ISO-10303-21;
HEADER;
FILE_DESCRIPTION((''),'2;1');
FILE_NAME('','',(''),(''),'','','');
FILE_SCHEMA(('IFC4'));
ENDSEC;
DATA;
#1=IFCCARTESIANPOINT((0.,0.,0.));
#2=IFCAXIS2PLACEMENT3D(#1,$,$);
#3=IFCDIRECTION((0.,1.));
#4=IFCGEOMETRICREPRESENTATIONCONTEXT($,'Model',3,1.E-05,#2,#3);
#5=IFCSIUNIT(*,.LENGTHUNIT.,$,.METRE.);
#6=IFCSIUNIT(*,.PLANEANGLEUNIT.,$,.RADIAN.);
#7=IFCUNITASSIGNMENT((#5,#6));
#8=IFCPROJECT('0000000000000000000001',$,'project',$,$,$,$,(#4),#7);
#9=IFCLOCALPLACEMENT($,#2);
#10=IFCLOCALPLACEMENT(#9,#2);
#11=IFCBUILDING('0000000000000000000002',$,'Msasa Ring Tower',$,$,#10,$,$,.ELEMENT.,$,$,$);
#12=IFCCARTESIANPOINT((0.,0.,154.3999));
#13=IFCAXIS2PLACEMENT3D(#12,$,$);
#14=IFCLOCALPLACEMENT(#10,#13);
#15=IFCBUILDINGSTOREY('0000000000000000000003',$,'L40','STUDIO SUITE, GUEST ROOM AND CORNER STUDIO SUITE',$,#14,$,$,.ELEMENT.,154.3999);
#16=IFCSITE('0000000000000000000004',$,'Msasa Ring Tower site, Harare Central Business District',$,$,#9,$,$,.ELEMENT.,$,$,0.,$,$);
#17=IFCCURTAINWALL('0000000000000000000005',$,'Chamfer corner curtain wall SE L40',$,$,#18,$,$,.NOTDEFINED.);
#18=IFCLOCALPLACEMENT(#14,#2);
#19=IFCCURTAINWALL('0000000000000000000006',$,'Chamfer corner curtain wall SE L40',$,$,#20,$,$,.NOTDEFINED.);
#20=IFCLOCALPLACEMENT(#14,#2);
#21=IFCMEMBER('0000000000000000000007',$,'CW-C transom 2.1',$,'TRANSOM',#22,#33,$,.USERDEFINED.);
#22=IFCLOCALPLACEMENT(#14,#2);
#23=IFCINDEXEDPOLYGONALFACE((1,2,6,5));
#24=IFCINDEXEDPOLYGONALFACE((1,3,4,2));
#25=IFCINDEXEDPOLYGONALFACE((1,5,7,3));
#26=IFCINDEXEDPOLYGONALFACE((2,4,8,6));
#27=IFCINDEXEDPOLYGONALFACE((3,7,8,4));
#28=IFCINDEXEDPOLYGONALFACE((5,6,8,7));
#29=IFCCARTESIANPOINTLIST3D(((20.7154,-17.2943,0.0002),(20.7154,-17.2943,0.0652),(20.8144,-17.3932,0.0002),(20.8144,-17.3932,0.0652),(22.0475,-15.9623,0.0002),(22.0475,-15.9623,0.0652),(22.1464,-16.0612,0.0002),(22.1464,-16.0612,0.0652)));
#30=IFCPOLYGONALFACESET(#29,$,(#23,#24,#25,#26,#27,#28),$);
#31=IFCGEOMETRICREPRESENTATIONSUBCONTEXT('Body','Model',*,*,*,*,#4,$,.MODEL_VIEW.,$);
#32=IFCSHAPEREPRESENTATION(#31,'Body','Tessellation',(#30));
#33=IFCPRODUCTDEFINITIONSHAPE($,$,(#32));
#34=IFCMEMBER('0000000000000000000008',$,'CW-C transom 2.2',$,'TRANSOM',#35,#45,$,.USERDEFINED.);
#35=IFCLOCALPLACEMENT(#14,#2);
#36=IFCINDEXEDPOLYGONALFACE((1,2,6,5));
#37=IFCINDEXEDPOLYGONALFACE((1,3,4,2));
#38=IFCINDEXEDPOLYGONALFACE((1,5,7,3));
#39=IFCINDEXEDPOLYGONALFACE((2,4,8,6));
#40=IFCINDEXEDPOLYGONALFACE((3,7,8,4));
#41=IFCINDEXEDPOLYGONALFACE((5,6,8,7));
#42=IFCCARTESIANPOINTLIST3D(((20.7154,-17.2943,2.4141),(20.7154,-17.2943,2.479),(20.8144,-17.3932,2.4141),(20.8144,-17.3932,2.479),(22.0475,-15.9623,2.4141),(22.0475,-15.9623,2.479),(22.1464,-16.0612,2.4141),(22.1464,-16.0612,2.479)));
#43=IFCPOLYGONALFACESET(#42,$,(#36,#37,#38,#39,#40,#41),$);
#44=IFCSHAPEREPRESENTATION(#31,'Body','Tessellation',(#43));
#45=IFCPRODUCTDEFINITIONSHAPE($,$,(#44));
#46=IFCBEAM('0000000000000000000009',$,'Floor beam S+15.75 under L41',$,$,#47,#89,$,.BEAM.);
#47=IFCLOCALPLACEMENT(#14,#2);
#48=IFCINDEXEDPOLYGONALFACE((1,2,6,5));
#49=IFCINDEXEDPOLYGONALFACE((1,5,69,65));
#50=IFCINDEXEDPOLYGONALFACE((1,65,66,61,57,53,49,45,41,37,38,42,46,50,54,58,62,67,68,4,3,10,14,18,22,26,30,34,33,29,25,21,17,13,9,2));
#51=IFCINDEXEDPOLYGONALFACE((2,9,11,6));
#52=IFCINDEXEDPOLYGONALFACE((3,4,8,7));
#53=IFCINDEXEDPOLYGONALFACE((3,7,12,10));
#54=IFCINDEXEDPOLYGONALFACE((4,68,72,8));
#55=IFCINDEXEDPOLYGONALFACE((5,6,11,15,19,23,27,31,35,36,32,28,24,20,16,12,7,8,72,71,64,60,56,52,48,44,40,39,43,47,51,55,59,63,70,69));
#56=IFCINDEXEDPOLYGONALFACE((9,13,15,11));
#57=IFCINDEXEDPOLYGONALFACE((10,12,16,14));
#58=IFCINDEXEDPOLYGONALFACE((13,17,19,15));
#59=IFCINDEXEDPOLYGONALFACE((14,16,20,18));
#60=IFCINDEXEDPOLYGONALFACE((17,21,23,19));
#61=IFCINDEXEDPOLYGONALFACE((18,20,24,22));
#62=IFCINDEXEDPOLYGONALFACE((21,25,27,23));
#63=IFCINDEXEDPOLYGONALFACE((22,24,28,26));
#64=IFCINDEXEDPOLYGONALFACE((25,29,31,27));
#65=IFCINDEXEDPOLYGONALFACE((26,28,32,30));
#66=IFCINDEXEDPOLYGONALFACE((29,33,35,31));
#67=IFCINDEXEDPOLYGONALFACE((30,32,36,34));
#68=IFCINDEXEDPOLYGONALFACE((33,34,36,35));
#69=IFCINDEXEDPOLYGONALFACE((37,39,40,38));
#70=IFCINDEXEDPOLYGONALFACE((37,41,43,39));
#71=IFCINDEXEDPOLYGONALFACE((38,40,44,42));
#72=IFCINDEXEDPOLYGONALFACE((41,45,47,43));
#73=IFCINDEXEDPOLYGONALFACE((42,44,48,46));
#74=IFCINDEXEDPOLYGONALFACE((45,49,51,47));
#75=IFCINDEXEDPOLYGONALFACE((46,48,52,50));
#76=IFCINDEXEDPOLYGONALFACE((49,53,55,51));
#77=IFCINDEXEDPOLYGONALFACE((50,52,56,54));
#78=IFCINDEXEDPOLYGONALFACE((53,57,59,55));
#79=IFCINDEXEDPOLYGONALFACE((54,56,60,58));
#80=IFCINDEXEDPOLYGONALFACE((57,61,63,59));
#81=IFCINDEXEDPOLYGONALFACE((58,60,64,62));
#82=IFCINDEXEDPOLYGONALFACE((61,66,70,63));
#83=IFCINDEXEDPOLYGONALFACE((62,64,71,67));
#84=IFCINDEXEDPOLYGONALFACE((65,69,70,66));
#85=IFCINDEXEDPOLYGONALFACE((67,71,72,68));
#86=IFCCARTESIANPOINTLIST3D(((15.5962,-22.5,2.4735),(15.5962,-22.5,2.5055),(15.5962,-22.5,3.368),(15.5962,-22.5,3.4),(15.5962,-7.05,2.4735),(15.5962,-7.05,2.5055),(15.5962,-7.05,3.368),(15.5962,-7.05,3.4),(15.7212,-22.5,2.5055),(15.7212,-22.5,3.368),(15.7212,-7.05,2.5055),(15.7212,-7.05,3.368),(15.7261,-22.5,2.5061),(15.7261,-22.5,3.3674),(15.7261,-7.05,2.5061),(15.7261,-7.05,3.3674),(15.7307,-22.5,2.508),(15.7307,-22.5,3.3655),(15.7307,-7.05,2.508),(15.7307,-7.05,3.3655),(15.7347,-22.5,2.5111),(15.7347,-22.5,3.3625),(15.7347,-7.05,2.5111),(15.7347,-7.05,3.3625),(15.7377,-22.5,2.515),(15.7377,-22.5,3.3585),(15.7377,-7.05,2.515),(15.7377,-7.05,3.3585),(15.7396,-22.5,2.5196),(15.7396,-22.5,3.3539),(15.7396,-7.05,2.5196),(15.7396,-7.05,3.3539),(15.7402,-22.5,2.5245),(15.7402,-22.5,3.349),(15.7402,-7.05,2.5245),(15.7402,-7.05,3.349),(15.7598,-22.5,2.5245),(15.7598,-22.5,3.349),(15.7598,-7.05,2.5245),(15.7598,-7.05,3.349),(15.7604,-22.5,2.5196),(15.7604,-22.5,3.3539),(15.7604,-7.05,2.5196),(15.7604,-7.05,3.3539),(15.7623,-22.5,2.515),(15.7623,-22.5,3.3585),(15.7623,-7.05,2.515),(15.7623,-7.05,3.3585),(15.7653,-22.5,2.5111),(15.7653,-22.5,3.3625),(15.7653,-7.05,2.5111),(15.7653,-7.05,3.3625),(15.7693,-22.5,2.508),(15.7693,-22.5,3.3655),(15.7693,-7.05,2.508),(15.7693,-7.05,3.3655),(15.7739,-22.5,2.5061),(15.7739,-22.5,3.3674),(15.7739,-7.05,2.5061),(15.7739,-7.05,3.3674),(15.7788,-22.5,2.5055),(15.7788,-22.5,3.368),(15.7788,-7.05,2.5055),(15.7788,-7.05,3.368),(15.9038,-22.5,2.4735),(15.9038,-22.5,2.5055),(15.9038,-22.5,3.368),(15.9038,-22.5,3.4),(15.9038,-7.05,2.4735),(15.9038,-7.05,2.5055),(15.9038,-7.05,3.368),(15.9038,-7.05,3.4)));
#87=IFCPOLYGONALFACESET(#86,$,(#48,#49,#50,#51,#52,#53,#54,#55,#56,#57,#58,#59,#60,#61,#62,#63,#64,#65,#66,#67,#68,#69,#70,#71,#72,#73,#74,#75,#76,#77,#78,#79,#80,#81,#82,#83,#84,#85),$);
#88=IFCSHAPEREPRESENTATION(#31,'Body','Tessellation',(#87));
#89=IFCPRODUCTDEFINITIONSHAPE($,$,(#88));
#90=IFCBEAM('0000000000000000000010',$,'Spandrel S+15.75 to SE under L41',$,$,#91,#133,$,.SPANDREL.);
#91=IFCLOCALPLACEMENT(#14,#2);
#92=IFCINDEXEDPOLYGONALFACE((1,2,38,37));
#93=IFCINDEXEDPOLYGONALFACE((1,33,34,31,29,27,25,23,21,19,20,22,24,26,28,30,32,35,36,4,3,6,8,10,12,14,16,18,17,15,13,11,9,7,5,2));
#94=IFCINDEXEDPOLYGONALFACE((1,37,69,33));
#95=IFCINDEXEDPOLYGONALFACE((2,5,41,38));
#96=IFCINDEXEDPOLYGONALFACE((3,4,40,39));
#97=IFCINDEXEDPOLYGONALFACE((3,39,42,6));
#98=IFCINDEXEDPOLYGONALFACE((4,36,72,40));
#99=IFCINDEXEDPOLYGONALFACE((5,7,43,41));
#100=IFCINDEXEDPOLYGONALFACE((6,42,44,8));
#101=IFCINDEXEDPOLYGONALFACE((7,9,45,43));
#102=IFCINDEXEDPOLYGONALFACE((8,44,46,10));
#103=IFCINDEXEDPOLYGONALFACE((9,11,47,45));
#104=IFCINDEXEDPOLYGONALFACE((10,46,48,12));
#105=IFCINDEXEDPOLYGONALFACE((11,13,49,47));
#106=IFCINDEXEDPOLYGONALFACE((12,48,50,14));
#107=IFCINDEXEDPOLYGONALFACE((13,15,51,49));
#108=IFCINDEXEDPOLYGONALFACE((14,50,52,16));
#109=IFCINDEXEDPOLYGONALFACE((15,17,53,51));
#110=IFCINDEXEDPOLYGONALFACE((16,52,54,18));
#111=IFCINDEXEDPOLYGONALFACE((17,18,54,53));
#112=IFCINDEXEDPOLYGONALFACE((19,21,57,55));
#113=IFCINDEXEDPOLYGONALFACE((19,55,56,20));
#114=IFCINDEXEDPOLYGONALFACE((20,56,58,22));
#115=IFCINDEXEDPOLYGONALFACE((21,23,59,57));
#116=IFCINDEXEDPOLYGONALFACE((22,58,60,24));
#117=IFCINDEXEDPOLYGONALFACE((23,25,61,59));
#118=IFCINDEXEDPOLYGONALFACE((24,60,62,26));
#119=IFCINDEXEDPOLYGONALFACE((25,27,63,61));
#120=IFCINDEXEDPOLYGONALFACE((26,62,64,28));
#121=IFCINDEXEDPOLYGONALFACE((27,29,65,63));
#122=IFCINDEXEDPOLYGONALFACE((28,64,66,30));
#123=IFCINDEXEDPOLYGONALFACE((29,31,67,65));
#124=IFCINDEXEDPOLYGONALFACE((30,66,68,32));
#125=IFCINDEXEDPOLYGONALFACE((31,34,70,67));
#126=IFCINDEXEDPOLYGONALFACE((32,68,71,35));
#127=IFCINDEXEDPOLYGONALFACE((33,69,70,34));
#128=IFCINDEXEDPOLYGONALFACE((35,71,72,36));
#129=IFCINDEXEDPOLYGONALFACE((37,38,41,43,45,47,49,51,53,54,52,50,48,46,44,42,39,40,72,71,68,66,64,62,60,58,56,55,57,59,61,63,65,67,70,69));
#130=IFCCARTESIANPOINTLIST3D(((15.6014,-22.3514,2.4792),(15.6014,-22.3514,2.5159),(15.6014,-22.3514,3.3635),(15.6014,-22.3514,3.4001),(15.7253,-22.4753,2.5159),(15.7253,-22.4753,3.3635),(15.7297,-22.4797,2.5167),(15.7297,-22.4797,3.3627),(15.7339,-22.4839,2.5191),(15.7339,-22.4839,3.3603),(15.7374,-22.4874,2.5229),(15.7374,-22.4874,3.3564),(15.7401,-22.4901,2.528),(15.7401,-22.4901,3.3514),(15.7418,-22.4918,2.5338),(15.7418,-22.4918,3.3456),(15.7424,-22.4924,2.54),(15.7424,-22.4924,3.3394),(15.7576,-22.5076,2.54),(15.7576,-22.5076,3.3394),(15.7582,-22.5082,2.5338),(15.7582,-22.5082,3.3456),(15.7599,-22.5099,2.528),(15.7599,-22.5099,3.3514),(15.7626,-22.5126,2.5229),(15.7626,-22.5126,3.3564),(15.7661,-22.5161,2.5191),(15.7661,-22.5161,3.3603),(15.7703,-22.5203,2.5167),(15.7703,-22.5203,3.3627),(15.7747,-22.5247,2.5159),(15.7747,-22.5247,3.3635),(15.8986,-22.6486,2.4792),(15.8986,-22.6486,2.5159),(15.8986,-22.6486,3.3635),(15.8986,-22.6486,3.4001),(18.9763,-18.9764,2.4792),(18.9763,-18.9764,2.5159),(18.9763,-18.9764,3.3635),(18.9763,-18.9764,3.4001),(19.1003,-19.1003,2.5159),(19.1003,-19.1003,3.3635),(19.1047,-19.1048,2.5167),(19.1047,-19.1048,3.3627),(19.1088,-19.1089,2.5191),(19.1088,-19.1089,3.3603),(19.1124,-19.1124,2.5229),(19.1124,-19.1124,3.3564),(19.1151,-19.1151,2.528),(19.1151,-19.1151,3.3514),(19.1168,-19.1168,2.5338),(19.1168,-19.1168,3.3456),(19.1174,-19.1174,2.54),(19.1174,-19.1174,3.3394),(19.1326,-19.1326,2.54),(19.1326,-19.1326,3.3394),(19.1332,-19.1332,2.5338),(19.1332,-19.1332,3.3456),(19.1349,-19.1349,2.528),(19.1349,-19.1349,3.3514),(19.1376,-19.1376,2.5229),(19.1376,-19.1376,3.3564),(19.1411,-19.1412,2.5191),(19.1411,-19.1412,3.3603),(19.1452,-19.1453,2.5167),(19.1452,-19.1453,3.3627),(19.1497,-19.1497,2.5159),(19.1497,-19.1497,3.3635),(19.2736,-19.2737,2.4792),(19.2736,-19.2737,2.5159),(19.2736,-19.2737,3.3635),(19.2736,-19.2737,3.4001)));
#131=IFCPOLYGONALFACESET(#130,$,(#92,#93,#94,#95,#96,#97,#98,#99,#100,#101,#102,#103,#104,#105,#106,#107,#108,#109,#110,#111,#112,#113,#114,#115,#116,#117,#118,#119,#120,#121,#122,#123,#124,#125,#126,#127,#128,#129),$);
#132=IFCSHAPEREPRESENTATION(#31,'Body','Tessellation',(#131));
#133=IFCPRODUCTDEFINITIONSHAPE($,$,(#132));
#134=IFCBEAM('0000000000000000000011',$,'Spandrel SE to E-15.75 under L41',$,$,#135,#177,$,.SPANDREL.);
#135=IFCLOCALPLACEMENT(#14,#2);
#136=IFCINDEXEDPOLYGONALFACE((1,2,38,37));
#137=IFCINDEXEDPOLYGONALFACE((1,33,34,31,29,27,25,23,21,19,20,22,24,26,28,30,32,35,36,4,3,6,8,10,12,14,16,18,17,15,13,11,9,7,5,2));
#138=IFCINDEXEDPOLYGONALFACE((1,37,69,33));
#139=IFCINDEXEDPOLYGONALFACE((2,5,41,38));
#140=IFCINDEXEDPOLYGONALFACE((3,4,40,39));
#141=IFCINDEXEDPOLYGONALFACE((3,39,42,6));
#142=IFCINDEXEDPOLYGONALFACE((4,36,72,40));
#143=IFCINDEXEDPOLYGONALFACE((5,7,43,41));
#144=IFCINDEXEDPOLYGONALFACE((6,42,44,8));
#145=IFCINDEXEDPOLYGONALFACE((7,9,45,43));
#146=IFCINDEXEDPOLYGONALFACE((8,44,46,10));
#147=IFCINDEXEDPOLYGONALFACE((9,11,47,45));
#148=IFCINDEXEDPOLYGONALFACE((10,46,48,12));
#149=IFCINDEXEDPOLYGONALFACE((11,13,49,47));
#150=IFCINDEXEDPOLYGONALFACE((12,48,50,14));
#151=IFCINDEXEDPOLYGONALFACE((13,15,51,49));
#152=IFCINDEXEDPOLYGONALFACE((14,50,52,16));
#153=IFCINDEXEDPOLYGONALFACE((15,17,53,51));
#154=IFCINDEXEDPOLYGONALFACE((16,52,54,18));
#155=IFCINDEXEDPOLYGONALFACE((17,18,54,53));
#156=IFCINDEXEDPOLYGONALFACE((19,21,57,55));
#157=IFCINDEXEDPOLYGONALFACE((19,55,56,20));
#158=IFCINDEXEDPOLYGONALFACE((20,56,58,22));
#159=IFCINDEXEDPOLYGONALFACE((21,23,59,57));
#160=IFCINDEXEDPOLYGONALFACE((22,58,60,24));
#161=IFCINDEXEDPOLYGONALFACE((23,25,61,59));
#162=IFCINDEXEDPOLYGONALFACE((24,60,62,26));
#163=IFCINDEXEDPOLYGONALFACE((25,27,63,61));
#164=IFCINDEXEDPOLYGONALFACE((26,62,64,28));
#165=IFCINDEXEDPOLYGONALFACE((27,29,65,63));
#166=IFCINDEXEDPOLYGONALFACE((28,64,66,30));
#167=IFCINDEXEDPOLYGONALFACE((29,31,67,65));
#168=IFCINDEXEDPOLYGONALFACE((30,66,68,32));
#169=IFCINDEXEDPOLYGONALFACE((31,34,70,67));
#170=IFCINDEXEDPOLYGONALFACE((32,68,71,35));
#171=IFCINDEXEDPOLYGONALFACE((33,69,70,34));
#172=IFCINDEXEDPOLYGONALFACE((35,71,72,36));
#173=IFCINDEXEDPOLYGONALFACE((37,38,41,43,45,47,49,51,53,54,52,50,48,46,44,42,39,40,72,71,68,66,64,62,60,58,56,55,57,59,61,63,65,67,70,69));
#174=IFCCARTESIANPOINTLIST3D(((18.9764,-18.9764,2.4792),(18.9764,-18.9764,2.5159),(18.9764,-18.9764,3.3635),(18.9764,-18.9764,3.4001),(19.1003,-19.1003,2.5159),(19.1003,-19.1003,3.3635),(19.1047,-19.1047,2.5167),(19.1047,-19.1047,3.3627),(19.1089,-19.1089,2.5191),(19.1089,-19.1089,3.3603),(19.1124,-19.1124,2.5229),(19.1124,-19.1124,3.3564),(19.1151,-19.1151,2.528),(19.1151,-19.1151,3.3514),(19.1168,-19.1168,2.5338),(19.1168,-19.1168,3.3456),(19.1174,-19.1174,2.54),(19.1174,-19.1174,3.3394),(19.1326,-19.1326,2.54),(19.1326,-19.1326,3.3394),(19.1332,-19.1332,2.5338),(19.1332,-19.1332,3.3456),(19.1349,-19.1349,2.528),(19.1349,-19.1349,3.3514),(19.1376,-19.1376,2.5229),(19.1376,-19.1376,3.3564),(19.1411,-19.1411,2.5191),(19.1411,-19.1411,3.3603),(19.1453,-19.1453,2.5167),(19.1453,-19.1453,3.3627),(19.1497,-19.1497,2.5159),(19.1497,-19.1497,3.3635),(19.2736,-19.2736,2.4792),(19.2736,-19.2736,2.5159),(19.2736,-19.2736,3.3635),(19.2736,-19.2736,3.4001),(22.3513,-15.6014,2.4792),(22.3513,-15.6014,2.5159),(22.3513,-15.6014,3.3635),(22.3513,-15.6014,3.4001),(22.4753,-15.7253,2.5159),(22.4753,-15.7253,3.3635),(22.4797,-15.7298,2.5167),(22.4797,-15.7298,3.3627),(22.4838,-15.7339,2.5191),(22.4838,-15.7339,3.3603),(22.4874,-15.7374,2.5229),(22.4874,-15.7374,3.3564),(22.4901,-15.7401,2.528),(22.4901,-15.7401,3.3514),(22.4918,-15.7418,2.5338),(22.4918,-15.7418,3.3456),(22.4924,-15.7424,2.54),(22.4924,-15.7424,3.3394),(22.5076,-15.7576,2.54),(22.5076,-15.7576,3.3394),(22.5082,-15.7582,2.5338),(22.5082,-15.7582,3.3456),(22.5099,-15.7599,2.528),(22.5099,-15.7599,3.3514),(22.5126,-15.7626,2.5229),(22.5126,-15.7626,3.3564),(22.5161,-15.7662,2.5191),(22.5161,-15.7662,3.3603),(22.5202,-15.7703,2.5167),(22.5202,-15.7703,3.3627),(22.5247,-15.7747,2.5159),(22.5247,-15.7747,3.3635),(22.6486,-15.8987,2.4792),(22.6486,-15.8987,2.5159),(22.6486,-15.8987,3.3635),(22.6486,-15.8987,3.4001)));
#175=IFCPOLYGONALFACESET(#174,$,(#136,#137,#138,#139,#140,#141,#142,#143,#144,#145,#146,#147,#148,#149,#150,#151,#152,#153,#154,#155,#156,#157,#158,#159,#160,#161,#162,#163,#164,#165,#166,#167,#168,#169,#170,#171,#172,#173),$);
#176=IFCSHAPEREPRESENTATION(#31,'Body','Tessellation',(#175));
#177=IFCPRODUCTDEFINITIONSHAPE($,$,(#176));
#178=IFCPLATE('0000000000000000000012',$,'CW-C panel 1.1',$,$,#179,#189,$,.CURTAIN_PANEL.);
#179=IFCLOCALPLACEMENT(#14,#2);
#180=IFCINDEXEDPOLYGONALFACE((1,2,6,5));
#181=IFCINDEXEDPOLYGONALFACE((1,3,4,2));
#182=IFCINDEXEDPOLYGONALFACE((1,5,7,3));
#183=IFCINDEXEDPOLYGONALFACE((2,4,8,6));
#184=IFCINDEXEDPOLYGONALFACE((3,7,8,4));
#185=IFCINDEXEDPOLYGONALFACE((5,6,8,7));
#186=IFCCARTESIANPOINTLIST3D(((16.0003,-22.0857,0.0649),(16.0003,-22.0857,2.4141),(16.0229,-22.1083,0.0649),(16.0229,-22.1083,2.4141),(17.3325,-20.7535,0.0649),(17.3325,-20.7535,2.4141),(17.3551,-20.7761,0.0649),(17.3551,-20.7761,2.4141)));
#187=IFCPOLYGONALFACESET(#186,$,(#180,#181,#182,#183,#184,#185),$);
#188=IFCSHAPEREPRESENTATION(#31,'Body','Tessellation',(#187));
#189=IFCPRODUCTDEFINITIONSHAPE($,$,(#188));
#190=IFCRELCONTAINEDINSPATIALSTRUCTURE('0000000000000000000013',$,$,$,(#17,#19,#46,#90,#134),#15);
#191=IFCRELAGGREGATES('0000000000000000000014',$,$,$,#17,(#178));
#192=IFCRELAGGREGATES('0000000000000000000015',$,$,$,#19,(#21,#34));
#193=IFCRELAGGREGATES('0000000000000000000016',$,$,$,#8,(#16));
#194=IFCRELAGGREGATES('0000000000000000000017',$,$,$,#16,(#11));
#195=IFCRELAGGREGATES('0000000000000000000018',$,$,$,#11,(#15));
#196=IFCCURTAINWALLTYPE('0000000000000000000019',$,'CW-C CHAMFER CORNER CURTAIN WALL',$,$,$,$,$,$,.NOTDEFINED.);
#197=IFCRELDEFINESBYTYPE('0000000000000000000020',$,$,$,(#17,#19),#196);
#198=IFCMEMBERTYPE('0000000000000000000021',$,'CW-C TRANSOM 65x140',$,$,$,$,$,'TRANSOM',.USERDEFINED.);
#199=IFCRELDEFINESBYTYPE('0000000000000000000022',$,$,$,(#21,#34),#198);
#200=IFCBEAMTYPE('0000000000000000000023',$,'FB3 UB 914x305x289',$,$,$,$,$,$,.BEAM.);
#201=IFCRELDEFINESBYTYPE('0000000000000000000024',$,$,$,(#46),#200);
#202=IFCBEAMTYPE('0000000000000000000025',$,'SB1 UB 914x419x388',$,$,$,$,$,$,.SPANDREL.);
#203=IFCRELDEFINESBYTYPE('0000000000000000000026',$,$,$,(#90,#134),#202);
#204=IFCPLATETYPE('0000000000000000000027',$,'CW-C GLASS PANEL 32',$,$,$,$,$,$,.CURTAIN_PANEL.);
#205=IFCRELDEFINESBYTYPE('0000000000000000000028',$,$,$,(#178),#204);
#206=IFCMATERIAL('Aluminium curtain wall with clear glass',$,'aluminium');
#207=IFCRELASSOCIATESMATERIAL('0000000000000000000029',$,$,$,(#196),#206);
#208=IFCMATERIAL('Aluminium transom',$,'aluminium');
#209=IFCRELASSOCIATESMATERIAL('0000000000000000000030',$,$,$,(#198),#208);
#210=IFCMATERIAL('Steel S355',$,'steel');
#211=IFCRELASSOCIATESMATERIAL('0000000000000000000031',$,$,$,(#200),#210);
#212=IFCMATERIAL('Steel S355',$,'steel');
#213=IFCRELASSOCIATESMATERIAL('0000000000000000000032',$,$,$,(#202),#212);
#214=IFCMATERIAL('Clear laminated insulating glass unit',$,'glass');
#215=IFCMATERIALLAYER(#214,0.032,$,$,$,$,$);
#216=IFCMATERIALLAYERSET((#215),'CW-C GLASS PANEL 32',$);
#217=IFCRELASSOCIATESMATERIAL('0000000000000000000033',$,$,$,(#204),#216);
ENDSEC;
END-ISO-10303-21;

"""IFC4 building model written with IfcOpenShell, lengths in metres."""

from ifc_helpers import new_model, si_unit, direction, frame, origin, origin_2d, place, context, subcontext, project, spatial, rectangle, i_section, extrude, material, layer, layer_set, material_profile, profile_set, type_object, element, aggregate, save


model = new_model("IFC4")

# Units and contexts
model_context = context("Model", 3, precision=1e-05, world=origin(), true_north=direction((0.0, 1.0)))
body_context = subcontext(model_context, "Body", "Model", "MODEL_VIEW")
ifc_project = project(units=[si_unit("LENGTHUNIT", "METRE"), si_unit("PLANEANGLEUNIT", "RADIAN")], contexts=[model_context])

# Site, building, storey
site_placement = place(None, origin())
site = spatial("IfcSite", under=ifc_project, at=site_placement, Name="Msasa Ring Tower site, Harare Central Business District", CompositionType="ELEMENT", RefElevation=0.0)
building_placement = place(site_placement, origin())
building = spatial("IfcBuilding", under=site, at=building_placement, Name="Msasa Ring Tower", CompositionType="ELEMENT")
storey_placement = place(building_placement, frame((0.0, 0.0, 154.3999)))
storey = spatial("IfcBuildingStorey", under=building, at=storey_placement, Name="L40", Description="STUDIO SUITE, GUEST ROOM AND CORNER STUDIO SUITE", CompositionType="ELEMENT", Elevation=154.3999)

# Curtain walls
ifc_material_1 = material(Name="Aluminium curtain wall with clear glass", Category="aluminium")
curtain_wall_type = type_object("IfcCurtainWallType", Name="CW-C CHAMFER CORNER CURTAIN WALL", PredefinedType="NOTDEFINED", material=ifc_material_1)
curtain_wall_1_placement = place(storey_placement, origin())
curtain_wall_1 = element("IfcCurtainWall", 1, at=curtain_wall_1_placement, inside=storey, type_object=curtain_wall_type, Name="Chamfer corner curtain wall SE L40", PredefinedType="NOTDEFINED")
curtain_wall_2_placement = place(storey_placement, origin())
curtain_wall_2 = element("IfcCurtainWall", 2, at=curtain_wall_2_placement, inside=storey, type_object=curtain_wall_type, Name="Chamfer corner curtain wall SE L40", PredefinedType="NOTDEFINED")

# Members
ifc_material_2 = material(Name="Aluminium transom", Category="aluminium")
ifc_material_profile_1 = material_profile(ifc_material_2, rectangle(XDim=0.1399, YDim=0.0649, at=origin_2d()), Name="AL 65x140")
ifc_profile_set_1 = profile_set([ifc_material_profile_1], Name="Aluminium transom")
member_type_1 = type_object("IfcMemberType", Name="CW-C TRANSOM 65x140", ElementType="TRANSOM", PredefinedType="USERDEFINED", material=ifc_profile_set_1)
member_1_placement = place(storey_placement, frame((20.7649, -17.3438, 0.0327), z_axis=(0.707107, 0.707107, 0.0), x_axis=(-0.707107, 0.707107, 0.0)))
member_1 = element("IfcMember", 3, at=member_1_placement, type_object=member_type_1, Name="CW-C transom 2.1", ObjectType="TRANSOM", PredefinedType="USERDEFINED", context=body_context, shape_type="SweptSolid", body=[
    extrude(rectangle(XDim=0.1399, YDim=0.0649, at=origin_2d()), origin(), (0.0, 0.0, 1.0), 1.8838),
])
member_2_placement = place(storey_placement, frame((20.7649, -17.3438, 2.4465), z_axis=(0.707107, 0.707107, 0.0), x_axis=(-0.707107, 0.707107, 0.0)))
member_2 = element("IfcMember", 4, at=member_2_placement, type_object=member_type_1, Name="CW-C transom 2.2", ObjectType="TRANSOM", PredefinedType="USERDEFINED", context=body_context, shape_type="SweptSolid", body=[
    extrude(rectangle(XDim=0.1399, YDim=0.0649, at=origin_2d()), origin(), (0.0, 0.0, 1.0), 1.8838),
])

# Beams
ifc_material_3 = material(Name="Steel S355", Category="steel")
ifc_material_profile_2 = material_profile(ifc_material_3, i_section(OverallWidth=0.3076, OverallDepth=0.9265, WebThickness=0.0195, FlangeThickness=0.032, FilletRadius=0.019, at=origin_2d()), Name="UB 914x305x289")
ifc_profile_set_2 = profile_set([ifc_material_profile_2], Name="Steel S355")
beam_type_1 = type_object("IfcBeamType", Name="FB3 UB 914x305x289", PredefinedType="BEAM", material=ifc_profile_set_2)
beam_placement = place(storey_placement, frame((15.75, -22.5, 2.9368), z_axis=(0.0, 1.0, 0.0), x_axis=(-1.0, 0.0, 0.0)))
element("IfcBeam", 5, at=beam_placement, inside=storey, type_object=beam_type_1, Name="Floor beam S+15.75 under L41", PredefinedType="BEAM", context=body_context, shape_type="SweptSolid", body=[
    extrude(i_section(OverallWidth=0.3076, OverallDepth=0.9265, WebThickness=0.0195, FlangeThickness=0.032, FilletRadius=0.019, at=origin_2d()), origin(), (0.0, 0.0, 1.0), 15.45),
])
ifc_material_4 = material(Name="Steel S355", Category="steel")
ifc_material_profile_3 = material_profile(ifc_material_4, i_section(OverallWidth=0.4204, OverallDepth=0.9209, WebThickness=0.0215, FlangeThickness=0.0366, FilletRadius=0.0242, at=origin_2d()), Name="UB 914x419x388")
ifc_profile_set_3 = profile_set([ifc_material_profile_3], Name="Steel S355")
beam_type_2 = type_object("IfcBeamType", Name="SB1 UB 914x419x388", PredefinedType="SPANDREL", material=ifc_profile_set_3)
for number, where, z_axis, x_axis, name in (
    (6, (15.75, -22.5, 2.9397), (0.707107, 0.707107, 0.0), (-0.707107, 0.707107, 0.0), "Spandrel S+15.75 to SE under L41"),
    (7, (19.125, -19.125, 2.9397), (0.707107, 0.707107, 0.0), (-0.707107, 0.707107, 0.0), "Spandrel SE to E-15.75 under L41"),
):
    element("IfcBeam", number, at=place(storey_placement, frame(where, z_axis=z_axis, x_axis=x_axis)), inside=storey, type_object=beam_type_2, Name=name, PredefinedType="SPANDREL", context=body_context, shape_type="SweptSolid", body=[
        extrude(i_section(OverallWidth=0.4204, OverallDepth=0.9209, WebThickness=0.0215, FlangeThickness=0.0366, FilletRadius=0.0242, at=origin_2d()), origin(), (0.0, 0.0, 1.0), 4.7729),
    ])

# Plate
ifc_material_5 = material(Name="Clear laminated insulating glass unit", Category="glass")
ifc_layer_1 = layer(ifc_material_5, 0.032)
ifc_layer_set_1 = layer_set([ifc_layer_1], Name="CW-C GLASS PANEL 32")
plate_type = type_object("IfcPlateType", Name="CW-C GLASS PANEL 32", PredefinedType="CURTAIN_PANEL", material=ifc_layer_set_1)
plate_1_placement = place(storey_placement, frame((16.6777, -21.4309, 0.0649), z_axis=(0.0, 0.0, 1.0), x_axis=(0.707107, 0.707107, 0.0)))
plate_1 = element("IfcPlate", 8, at=plate_1_placement, type_object=plate_type, Name="CW-C panel 1.1", PredefinedType="CURTAIN_PANEL", context=body_context, shape_type="SweptSolid", body=[
    extrude(rectangle(XDim=1.884, YDim=0.032, at=origin_2d()), origin(), (0.0, 0.0, 1.0), 2.3491),
])
aggregate(curtain_wall_1, [plate_1])
aggregate(curtain_wall_2, [member_1, member_2])

save(model, "model.ifc")
